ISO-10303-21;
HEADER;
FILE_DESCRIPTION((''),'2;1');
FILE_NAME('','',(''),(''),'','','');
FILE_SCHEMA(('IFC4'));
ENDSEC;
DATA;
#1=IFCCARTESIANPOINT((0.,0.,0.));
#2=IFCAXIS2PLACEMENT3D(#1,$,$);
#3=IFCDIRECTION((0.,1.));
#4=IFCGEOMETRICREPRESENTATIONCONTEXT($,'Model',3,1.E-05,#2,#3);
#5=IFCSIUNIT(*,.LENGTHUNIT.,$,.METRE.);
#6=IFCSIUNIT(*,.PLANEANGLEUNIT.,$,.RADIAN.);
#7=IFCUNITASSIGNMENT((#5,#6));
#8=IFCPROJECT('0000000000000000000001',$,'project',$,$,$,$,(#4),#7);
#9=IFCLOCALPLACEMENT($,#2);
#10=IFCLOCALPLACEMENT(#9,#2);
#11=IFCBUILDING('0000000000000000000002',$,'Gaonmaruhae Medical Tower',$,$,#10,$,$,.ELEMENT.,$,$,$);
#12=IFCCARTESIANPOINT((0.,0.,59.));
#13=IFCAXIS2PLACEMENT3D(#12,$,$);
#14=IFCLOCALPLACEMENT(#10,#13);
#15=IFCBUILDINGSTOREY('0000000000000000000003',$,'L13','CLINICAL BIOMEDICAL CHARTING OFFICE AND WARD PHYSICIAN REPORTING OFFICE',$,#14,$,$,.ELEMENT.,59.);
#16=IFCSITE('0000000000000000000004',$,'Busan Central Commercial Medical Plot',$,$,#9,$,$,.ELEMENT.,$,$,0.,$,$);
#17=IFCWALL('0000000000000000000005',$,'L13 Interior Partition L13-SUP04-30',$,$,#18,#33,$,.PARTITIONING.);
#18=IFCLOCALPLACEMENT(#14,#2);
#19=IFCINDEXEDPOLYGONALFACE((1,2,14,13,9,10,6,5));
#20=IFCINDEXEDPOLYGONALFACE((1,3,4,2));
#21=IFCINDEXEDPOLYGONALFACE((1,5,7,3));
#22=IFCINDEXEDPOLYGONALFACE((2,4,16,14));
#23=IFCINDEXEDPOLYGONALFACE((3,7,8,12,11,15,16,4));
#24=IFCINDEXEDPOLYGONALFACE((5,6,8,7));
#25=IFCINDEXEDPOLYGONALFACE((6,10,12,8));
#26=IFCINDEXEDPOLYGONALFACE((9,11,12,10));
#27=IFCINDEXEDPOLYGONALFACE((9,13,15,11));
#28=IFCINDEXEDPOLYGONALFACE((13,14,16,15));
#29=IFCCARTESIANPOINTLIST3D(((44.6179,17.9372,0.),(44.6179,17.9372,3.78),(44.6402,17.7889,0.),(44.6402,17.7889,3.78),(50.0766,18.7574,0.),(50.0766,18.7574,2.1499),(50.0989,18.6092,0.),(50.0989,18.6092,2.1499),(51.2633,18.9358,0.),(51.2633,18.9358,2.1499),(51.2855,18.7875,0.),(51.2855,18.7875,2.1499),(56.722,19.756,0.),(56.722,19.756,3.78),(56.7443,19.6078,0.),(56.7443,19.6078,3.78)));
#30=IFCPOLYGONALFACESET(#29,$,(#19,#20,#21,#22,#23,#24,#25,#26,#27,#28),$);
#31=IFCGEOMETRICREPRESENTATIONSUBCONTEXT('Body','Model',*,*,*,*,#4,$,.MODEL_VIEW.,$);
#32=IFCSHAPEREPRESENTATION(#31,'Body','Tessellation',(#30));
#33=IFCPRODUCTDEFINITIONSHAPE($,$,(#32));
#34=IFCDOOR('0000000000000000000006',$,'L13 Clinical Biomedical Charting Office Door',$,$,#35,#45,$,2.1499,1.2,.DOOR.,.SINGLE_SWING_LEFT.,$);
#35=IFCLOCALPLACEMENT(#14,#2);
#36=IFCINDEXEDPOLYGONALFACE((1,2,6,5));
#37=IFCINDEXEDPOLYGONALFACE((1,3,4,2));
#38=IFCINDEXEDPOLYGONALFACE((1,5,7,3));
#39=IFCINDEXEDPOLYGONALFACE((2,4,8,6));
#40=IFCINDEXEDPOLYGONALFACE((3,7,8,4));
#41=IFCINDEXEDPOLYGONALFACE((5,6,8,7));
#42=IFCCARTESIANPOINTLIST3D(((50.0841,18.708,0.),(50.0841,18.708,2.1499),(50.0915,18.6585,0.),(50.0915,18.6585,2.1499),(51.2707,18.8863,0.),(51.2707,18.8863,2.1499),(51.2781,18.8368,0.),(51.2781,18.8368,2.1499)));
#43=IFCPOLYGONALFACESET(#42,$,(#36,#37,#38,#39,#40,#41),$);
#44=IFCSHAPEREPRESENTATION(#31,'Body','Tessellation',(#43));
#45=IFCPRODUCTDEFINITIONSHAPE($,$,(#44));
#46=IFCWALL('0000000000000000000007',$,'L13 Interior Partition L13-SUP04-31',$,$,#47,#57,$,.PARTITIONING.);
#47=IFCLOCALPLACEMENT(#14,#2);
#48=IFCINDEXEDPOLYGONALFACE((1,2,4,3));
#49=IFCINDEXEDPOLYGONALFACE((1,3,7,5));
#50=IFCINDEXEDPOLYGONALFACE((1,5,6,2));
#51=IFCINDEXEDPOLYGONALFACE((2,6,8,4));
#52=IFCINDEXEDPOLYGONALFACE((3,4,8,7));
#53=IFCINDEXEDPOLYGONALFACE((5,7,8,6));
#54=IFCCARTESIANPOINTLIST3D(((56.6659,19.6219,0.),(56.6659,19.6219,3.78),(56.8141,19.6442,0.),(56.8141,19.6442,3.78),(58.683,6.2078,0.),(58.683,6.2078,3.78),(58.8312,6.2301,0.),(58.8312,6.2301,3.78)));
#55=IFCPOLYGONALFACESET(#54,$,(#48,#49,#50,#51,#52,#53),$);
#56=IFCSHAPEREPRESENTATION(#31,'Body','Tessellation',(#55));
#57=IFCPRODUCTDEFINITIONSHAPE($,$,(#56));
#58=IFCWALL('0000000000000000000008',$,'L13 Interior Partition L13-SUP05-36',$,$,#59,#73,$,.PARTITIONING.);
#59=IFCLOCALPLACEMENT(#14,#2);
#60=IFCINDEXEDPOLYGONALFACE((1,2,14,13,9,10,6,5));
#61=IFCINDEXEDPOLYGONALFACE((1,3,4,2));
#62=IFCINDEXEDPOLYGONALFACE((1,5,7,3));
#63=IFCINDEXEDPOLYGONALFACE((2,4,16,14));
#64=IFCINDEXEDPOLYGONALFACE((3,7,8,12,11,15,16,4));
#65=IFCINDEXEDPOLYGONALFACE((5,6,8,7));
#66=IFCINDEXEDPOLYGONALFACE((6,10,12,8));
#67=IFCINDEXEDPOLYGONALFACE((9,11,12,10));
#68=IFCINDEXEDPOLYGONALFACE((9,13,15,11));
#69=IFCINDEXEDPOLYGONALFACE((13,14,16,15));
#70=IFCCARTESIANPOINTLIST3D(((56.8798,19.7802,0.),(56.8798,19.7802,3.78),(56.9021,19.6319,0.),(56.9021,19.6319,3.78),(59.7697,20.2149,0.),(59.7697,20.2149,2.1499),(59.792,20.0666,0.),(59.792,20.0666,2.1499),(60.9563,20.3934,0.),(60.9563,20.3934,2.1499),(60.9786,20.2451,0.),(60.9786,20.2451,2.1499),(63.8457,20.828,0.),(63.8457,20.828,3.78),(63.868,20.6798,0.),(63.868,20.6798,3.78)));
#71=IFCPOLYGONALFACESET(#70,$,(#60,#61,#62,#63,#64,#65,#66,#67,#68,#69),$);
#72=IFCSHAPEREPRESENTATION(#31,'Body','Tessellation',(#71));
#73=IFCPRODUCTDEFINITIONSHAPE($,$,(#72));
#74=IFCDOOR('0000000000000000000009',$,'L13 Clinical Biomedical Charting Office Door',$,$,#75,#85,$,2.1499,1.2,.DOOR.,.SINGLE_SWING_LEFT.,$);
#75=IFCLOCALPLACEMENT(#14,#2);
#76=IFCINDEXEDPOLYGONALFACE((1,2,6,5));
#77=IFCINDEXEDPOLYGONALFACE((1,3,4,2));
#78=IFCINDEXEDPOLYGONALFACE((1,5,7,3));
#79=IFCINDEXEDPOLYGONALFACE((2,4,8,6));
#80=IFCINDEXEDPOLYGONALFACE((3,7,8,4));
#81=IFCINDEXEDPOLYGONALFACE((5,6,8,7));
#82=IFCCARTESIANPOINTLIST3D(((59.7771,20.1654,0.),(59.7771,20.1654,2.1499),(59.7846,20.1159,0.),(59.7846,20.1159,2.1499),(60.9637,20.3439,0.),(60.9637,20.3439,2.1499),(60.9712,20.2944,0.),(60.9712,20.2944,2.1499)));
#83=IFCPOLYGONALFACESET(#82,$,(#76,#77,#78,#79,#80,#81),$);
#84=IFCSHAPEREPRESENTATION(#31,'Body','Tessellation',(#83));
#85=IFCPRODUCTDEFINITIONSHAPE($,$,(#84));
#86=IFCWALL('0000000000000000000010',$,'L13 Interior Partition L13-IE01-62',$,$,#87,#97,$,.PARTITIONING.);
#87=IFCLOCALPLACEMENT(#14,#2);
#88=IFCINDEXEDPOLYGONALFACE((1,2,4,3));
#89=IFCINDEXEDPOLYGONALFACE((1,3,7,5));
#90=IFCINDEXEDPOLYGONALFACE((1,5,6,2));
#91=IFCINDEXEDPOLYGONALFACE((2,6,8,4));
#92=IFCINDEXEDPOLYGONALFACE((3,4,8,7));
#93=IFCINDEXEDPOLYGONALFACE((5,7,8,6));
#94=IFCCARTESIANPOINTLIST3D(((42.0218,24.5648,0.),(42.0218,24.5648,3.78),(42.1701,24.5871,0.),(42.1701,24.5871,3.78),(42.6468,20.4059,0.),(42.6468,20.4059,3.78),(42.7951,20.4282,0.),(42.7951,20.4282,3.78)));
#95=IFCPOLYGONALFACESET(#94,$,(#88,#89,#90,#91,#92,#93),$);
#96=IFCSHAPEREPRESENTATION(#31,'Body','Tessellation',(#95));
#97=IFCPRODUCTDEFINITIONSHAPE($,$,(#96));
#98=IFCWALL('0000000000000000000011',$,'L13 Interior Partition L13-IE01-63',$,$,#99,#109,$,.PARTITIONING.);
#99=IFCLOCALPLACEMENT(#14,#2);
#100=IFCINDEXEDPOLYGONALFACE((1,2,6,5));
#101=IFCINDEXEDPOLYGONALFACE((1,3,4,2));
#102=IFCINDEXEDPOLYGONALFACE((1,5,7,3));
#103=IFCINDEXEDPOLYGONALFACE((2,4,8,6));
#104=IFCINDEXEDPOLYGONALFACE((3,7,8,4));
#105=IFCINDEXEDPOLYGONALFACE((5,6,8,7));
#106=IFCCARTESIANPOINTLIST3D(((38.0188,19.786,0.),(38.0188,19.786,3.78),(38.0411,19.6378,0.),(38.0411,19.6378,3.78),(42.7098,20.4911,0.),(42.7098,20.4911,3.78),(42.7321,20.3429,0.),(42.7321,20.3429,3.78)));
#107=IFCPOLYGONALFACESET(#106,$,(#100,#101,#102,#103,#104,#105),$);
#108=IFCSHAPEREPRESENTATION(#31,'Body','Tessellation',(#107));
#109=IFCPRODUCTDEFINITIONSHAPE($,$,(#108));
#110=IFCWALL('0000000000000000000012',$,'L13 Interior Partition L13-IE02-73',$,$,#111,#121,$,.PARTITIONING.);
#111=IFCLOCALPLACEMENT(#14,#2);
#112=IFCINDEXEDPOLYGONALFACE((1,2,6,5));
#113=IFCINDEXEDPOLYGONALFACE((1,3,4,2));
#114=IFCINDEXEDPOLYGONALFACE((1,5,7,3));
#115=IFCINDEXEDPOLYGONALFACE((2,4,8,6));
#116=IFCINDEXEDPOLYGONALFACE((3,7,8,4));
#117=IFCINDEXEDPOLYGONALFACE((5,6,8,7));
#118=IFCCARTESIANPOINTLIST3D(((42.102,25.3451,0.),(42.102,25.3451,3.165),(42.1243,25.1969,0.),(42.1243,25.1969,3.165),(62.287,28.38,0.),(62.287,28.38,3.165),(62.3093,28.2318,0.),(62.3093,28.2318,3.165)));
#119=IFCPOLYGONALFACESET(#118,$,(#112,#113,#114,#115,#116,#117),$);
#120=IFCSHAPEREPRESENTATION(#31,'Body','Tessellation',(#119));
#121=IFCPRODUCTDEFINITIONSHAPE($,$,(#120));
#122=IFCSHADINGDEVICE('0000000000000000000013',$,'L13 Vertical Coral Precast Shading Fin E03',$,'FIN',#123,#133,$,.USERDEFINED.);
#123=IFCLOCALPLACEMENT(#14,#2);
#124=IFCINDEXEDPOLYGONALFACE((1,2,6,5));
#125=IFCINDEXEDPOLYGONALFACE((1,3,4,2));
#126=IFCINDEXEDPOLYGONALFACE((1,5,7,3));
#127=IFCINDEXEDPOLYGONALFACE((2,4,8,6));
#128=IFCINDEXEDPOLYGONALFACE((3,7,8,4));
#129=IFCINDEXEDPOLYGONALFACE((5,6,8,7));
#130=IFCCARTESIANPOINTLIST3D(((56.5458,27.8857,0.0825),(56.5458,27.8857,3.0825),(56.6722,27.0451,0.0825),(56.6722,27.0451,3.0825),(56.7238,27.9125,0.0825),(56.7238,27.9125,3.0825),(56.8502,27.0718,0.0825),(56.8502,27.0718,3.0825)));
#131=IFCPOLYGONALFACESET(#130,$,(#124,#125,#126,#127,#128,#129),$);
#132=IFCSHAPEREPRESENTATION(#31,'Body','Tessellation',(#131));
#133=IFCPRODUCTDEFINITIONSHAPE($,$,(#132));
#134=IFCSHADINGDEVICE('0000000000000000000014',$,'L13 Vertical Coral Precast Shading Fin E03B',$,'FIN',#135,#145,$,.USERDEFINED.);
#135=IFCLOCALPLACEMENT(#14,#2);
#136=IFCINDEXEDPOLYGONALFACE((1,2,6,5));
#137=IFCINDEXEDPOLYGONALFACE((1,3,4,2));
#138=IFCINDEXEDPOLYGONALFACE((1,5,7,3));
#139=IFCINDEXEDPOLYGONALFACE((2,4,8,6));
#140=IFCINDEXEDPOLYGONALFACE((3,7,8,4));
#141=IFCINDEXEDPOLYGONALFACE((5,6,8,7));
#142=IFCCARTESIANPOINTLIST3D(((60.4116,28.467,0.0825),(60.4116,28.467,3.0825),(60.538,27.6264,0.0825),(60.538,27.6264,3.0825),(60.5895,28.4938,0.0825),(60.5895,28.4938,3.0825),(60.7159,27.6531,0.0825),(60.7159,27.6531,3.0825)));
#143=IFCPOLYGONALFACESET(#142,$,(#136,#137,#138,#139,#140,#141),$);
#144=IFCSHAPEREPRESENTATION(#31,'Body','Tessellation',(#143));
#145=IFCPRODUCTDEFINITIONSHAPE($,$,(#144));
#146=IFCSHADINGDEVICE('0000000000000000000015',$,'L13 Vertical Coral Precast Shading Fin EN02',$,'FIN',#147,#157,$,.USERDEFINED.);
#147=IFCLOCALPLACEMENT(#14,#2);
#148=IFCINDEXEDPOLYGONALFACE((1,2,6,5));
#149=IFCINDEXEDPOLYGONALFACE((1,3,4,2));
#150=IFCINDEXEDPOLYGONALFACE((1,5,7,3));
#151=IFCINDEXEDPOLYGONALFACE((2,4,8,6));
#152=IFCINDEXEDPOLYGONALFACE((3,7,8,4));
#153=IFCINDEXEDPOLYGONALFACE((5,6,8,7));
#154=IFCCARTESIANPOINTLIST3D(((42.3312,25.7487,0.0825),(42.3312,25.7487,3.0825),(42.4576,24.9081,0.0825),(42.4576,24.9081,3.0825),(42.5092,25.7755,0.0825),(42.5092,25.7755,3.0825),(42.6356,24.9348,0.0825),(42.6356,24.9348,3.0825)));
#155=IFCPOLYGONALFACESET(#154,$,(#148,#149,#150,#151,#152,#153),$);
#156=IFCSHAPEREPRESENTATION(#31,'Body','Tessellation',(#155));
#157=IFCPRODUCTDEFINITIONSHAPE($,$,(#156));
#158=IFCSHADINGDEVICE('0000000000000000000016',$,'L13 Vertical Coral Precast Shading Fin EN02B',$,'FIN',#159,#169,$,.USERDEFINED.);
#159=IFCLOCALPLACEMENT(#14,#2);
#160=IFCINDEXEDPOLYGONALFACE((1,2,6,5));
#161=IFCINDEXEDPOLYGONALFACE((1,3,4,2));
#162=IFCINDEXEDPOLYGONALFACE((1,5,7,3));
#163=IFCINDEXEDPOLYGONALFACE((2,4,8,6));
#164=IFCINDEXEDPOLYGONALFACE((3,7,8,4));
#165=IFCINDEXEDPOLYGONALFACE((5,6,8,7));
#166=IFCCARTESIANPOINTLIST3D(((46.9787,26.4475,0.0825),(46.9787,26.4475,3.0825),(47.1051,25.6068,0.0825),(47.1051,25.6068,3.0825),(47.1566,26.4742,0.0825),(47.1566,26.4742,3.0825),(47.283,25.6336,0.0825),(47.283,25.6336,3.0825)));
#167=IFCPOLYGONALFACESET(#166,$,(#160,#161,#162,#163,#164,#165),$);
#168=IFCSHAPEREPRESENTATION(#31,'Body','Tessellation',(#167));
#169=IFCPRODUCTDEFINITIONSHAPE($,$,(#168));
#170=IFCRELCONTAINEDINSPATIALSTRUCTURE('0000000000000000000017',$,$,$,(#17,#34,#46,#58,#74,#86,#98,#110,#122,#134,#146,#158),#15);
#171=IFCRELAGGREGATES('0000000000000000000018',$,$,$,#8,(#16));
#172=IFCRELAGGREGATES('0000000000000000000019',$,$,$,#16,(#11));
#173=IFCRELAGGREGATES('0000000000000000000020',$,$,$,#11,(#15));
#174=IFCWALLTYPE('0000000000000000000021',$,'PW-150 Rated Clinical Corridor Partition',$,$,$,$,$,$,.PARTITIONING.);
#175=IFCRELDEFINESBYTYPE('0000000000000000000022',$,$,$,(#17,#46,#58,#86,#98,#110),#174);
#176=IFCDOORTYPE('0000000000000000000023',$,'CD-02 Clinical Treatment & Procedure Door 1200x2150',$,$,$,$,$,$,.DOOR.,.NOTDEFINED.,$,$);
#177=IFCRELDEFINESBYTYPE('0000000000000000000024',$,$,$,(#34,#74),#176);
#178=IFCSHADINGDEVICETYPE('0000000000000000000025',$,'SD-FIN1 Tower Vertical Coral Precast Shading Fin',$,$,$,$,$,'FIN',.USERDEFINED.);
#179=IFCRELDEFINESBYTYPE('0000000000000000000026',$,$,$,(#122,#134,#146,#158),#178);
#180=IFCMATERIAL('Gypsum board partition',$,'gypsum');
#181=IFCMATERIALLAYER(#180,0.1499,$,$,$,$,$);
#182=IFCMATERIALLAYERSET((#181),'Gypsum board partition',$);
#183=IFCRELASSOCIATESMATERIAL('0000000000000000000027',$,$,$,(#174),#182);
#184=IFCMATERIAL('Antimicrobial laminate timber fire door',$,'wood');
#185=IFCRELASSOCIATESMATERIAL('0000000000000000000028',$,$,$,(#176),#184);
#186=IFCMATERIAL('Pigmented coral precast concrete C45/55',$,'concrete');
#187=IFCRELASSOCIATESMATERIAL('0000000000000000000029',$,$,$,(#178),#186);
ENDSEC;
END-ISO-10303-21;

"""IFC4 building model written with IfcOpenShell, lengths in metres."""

from ifc_helpers import new_model, si_unit, direction, frame, frame_2d, origin, origin_2d, place, context, subcontext, project, spatial, rectangle, extrude, material, layer, layer_set, type_object, element, fill, save


model = new_model("IFC4")

# Units and contexts
model_context = context("Model", 3, precision=1e-05, world=origin(), true_north=direction((0.0, 1.0)))
body_context = subcontext(model_context, "Body", "Model", "MODEL_VIEW")
ifc_project = project(units=[si_unit("LENGTHUNIT", "METRE"), si_unit("PLANEANGLEUNIT", "RADIAN")], contexts=[model_context])

# Site, building, storey
site_placement = place(None, origin())
site = spatial("IfcSite", under=ifc_project, at=site_placement, Name="Busan Central Commercial Medical Plot", CompositionType="ELEMENT", RefElevation=0.0)
building_placement = place(site_placement, origin())
building = spatial("IfcBuilding", under=site, at=building_placement, Name="Gaonmaruhae Medical Tower", CompositionType="ELEMENT")
storey_placement = place(building_placement, frame((0.0, 0.0, 59.0)))
storey = spatial("IfcBuildingStorey", under=building, at=storey_placement, Name="L13", Description="CLINICAL BIOMEDICAL CHARTING OFFICE AND WARD PHYSICIAN REPORTING OFFICE", CompositionType="ELEMENT", Elevation=59.0)

# Shared definitions
ifc_material_1 = material(Name="Gypsum board partition", Category="gypsum")
ifc_layer_1 = layer(ifc_material_1, 0.1499)
ifc_layer_set_1 = layer_set([ifc_layer_1], Name="Gypsum board partition")
wall_type_1 = type_object("IfcWallType", Name="PW-150 Rated Clinical Corridor Partition", PredefinedType="PARTITIONING", material=ifc_layer_set_1)

# Wall, opening, door
wall_1_placement = place(storey_placement, frame((44.6289, 17.863, 0.0), z_axis=(0.0, 0.0, 1.0), x_axis=(0.988897, 0.1486, 0.0)))
wall_1 = element("IfcWall", 1, at=wall_1_placement, inside=storey, type_object=wall_type_1, Name="L13 Interior Partition L13-SUP04-30", PredefinedType="PARTITIONING", context=body_context, shape_type="SweptSolid", body=[
    extrude(rectangle(XDim=12.24, YDim=0.1499, at=frame_2d((6.1201, 0.0))), origin(), (0.0, 0.0, 1.0), 3.78),
])
opening_1_placement = place(wall_1_placement, frame((5.52, 0.0, 0.0)))
opening_1 = element("IfcOpeningElement", 2, at=opening_1_placement, cuts=wall_1, PredefinedType="OPENING", context=body_context, shape_type="SweptSolid", body=[
    extrude(rectangle(XDim=1.2, YDim=2.1499, at=frame_2d((0.6001, 1.075))), frame((0.0, 0.085, 0.0), z_axis=(0.0, -1.0, 0.0), x_axis=(1.0, 0.0, 0.0)), (0.0, 0.0, 1.0), 0.1699),
])
ifc_material_2 = material(Name="Antimicrobial laminate timber fire door", Category="wood")
door_type = type_object("IfcDoorType", Name="CD-02 Clinical Treatment & Procedure Door 1200x2150", OperationType="NOTDEFINED", PredefinedType="DOOR", material=ifc_material_2)
door_1_placement = place(opening_1_placement, origin())
door_1 = element("IfcDoor", 3, at=door_1_placement, inside=storey, type_object=door_type, Name="L13 Clinical Biomedical Charting Office Door", OperationType="SINGLE_SWING_LEFT", OverallHeight=2.1499, OverallWidth=1.2, PredefinedType="DOOR", context=body_context, shape_type="SweptSolid", body=[
    extrude(rectangle(XDim=1.2, YDim=2.1499, at=frame_2d((0.6001, 1.075))), frame((0.0, 0.0249, 0.0), z_axis=(0.0, -1.0, 0.0), x_axis=(1.0, 0.0, 0.0)), (0.0, 0.0, 1.0), 0.05),
])
fill(opening_1, door_1)

# Wall
wall_2_placement = place(storey_placement, frame((56.74, 19.6331, 0.0), z_axis=(0.0, 0.0, 1.0), x_axis=(0.1487, -0.988882, 0.0)))
element("IfcWall", 4, at=wall_2_placement, inside=storey, type_object=wall_type_1, Name="L13 Interior Partition L13-SUP04-31", PredefinedType="PARTITIONING", context=body_context, shape_type="SweptSolid", body=[
    extrude(rectangle(XDim=13.5649, YDim=0.1499, at=frame_2d((6.7825, 0.0))), origin(), (0.0, 0.0, 1.0), 3.78),
])

# Wall, opening, door
wall_3_placement = place(storey_placement, frame((56.8911, 19.7061, 0.0), z_axis=(0.0, 0.0, 1.0), x_axis=(0.988874, 0.148754, 0.0)))
wall_3 = element("IfcWall", 5, at=wall_3_placement, inside=storey, type_object=wall_type_1, Name="L13 Interior Partition L13-SUP05-36", PredefinedType="PARTITIONING", context=body_context, shape_type="SweptSolid", body=[
    extrude(rectangle(XDim=7.0442, YDim=0.1499, at=frame_2d((3.522, 0.0))), origin(), (0.0, 0.0, 1.0), 3.78),
])
opening_2_placement = place(wall_3_placement, frame((2.9221, 0.0, 0.0)))
opening_2 = element("IfcOpeningElement", 6, at=opening_2_placement, cuts=wall_3, PredefinedType="OPENING", context=body_context, shape_type="SweptSolid", body=[
    extrude(rectangle(XDim=1.2, YDim=2.1499, at=frame_2d((0.6001, 1.075))), frame((0.0, 0.085, 0.0), z_axis=(0.0, -1.0, 0.0), x_axis=(1.0, 0.0, 0.0)), (0.0, 0.0, 1.0), 0.1699),
])
door_2_placement = place(opening_2_placement, origin())
door_2 = element("IfcDoor", 7, at=door_2_placement, inside=storey, type_object=door_type, Name="L13 Clinical Biomedical Charting Office Door", OperationType="SINGLE_SWING_LEFT", OverallHeight=2.1499, OverallWidth=1.2, PredefinedType="DOOR", context=body_context, shape_type="SweptSolid", body=[
    extrude(rectangle(XDim=1.2, YDim=2.1499, at=frame_2d((0.6001, 1.075))), frame((0.0, 0.0249, 0.0), z_axis=(0.0, -1.0, 0.0), x_axis=(1.0, 0.0, 0.0)), (0.0, 0.0, 1.0), 0.05),
])
fill(opening_2, door_2)

# Walls
wall_4_placement = place(storey_placement, frame((42.0959, 24.5759, 0.0), z_axis=(0.0, 0.0, 1.0), x_axis=(0.14861, -0.988896, 0.0)))
element("IfcWall", 8, at=wall_4_placement, inside=storey, type_object=wall_type_1, Name="L13 Interior Partition L13-IE01-62", PredefinedType="PARTITIONING", context=body_context, shape_type="SweptSolid", body=[
    extrude(rectangle(XDim=4.2056, YDim=0.1499, at=frame_2d((2.1028, 0.0))), origin(), (0.0, 0.0, 1.0), 3.78),
])
wall_5_placement = place(storey_placement, frame((42.7209, 20.417, 0.0), z_axis=(0.0, 0.0, 1.0), x_axis=(-0.988892, -0.148637, 0.0)))
element("IfcWall", 9, at=wall_5_placement, inside=storey, type_object=wall_type_1, Name="L13 Interior Partition L13-IE01-63", PredefinedType="PARTITIONING", context=body_context, shape_type="SweptSolid", body=[
    extrude(rectangle(XDim=4.7437, YDim=0.1499, at=frame_2d((2.3718, 0.0))), origin(), (0.0, 0.0, 1.0), 3.78),
])
wall_6_placement = place(storey_placement, frame((42.113, 25.271, 0.0), z_axis=(0.0, 0.0, 1.0), x_axis=(0.988885, 0.148683, 0.0)))
element("IfcWall", 10, at=wall_6_placement, inside=storey, type_object=wall_type_1, Name="L13 Interior Partition L13-IE02-73", PredefinedType="PARTITIONING", context=body_context, shape_type="SweptSolid", body=[
    extrude(rectangle(XDim=20.4119, YDim=0.1499, at=frame_2d((10.2061, 0.0))), origin(), (0.0, 0.0, 1.0), 3.165),
])

# Shading devices
ifc_material_3 = material(Name="Pigmented coral precast concrete C45/55", Category="concrete")
shading_device_type = type_object("IfcShadingDeviceType", Name="SD-FIN1 Tower Vertical Coral Precast Shading Fin", ElementType="FIN", PredefinedType="USERDEFINED", material=ifc_material_3)
for number, where, z_axis, x_axis, name in (
    (11, (56.698, 27.4788, 0.0825), (0.0, 0.0, 1.0), (0.988884, 0.14869, 0.0), "L13 Vertical Coral Precast Shading Fin E03"),
    (12, (60.5637, 28.0601, 0.0825), (0.0, 0.0, 1.0), (0.988884, 0.14869, 0.0), "L13 Vertical Coral Precast Shading Fin E03B"),
    (13, (42.4834, 25.3418, 0.0825), (0.0, 0.0, 1.0), (0.988886, 0.148672, 0.0), "L13 Vertical Coral Precast Shading Fin EN02"),
    (14, (47.1309, 26.0405, 0.0825), (0.0, 0.0, 1.0), (0.988886, 0.148672, 0.0), "L13 Vertical Coral Precast Shading Fin EN02B"),
):
    element("IfcShadingDevice", number, at=place(storey_placement, frame(where, z_axis=z_axis, x_axis=x_axis)), inside=storey, type_object=shading_device_type, Name=name, ObjectType="FIN", PredefinedType="USERDEFINED", context=body_context, shape_type="SweptSolid", body=[
        extrude(rectangle(XDim=0.1799, YDim=0.8501, at=origin_2d()), origin(), (0.0, 0.0, 1.0), 3.0),
    ])

save(model, "model.ifc")
